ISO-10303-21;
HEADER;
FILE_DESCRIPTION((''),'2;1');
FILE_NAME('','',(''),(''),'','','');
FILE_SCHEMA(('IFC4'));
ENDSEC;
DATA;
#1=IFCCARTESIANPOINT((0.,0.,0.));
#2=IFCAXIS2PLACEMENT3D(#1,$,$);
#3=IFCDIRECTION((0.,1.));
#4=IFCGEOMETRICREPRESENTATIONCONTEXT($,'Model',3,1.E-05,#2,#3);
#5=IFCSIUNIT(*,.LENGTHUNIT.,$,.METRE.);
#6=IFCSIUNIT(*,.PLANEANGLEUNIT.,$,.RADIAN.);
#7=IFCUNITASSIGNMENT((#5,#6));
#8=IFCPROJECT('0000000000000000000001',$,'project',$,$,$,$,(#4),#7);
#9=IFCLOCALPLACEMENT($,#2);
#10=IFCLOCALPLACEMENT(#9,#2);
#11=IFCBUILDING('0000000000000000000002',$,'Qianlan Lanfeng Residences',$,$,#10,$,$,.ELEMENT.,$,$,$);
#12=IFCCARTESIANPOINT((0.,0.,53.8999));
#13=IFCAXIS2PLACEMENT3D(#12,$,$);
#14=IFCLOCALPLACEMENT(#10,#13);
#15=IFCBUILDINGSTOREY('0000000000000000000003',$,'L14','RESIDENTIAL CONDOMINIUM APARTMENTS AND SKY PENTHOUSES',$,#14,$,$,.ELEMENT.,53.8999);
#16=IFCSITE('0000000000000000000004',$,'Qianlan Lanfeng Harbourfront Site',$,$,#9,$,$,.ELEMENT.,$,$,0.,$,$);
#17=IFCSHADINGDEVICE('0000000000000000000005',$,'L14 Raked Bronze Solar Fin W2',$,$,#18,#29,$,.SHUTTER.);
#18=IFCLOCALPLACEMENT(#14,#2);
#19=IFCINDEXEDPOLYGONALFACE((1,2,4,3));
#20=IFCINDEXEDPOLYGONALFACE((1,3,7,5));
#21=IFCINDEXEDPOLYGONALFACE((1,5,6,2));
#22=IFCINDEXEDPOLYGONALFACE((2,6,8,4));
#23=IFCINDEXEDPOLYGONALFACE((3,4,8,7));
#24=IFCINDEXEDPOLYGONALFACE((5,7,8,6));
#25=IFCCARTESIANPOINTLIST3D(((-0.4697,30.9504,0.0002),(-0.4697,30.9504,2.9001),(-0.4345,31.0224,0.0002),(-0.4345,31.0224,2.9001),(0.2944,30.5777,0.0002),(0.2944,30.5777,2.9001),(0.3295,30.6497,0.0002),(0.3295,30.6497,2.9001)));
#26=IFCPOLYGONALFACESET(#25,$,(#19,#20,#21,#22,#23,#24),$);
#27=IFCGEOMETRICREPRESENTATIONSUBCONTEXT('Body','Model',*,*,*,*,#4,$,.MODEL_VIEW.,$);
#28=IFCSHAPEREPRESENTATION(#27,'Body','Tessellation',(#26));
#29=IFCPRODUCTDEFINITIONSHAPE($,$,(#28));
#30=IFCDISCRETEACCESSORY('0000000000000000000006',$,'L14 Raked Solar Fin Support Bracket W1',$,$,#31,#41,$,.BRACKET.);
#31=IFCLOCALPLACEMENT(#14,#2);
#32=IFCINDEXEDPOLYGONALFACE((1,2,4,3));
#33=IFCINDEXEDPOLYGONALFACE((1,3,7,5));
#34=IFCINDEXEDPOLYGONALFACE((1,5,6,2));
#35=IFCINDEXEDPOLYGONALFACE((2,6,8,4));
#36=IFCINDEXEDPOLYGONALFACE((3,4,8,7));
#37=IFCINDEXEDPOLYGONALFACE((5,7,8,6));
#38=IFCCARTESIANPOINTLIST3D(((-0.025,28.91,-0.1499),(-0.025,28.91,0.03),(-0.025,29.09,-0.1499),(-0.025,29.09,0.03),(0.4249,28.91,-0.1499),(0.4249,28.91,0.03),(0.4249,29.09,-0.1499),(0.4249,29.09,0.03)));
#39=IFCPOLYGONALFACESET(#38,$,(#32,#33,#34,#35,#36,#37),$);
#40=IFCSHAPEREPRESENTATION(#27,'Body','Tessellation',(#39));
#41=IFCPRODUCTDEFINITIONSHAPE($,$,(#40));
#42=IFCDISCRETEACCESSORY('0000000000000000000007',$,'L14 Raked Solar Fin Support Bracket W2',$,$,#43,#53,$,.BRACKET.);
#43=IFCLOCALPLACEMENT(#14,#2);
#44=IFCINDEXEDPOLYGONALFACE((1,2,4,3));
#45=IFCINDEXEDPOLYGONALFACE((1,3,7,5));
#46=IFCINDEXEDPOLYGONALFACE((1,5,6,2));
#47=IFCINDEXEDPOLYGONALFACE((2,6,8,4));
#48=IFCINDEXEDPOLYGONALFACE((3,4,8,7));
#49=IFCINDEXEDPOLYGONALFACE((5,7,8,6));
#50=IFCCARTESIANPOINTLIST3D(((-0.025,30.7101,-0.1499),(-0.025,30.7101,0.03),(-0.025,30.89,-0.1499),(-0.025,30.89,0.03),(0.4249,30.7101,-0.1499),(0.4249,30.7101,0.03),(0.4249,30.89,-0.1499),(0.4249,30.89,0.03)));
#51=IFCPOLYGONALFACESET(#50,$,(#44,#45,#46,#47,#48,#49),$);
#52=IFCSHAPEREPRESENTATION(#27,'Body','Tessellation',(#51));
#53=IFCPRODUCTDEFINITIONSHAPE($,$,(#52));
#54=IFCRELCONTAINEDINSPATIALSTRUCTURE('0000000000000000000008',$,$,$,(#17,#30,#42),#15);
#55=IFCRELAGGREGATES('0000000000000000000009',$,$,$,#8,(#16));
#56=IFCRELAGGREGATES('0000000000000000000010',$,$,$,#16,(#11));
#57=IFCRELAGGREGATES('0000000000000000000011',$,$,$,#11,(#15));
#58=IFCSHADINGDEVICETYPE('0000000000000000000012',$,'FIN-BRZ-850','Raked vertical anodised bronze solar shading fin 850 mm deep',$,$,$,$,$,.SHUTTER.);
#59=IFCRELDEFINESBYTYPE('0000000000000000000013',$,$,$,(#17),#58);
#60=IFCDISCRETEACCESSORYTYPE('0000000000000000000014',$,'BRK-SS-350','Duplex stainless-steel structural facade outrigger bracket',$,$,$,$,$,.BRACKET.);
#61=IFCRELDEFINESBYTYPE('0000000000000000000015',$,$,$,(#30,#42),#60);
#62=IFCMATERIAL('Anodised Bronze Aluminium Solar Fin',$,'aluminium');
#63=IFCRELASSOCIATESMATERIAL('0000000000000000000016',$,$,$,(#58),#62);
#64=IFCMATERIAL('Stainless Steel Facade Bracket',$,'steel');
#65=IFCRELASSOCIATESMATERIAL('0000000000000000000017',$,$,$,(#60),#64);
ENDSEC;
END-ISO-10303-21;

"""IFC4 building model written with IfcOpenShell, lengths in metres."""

from ifc_helpers import new_model, si_unit, direction, frame, origin, origin_2d, place, context, subcontext, project, spatial, rectangle, extrude, source, transform, mapped, material, type_object, element, save


model = new_model("IFC4")

# Units and contexts
model_context = context("Model", 3, precision=1e-05, world=origin(), true_north=direction((0.0, 1.0)))
body_context = subcontext(model_context, "Body", "Model", "MODEL_VIEW")
ifc_project = project(units=[si_unit("LENGTHUNIT", "METRE"), si_unit("PLANEANGLEUNIT", "RADIAN")], contexts=[model_context])

# Site, building, storey
site_placement = place(None, origin())
site = spatial("IfcSite", under=ifc_project, at=site_placement, Name="Qianlan Lanfeng Harbourfront Site", CompositionType="ELEMENT", RefElevation=0.0)
building_placement = place(site_placement, origin())
building = spatial("IfcBuilding", under=site, at=building_placement, Name="Qianlan Lanfeng Residences", CompositionType="ELEMENT")
storey_placement = place(building_placement, frame((0.0, 0.0, 53.8999)))
storey = spatial("IfcBuildingStorey", under=building, at=storey_placement, Name="L14", Description="RESIDENTIAL CONDOMINIUM APARTMENTS AND SKY PENTHOUSES", CompositionType="ELEMENT", Elevation=53.8999)

# Shading device
ifc_material_1 = material(Name="Anodised Bronze Aluminium Solar Fin", Category="aluminium")
shading_device_type = type_object("IfcShadingDeviceType", Name="FIN-BRZ-850", Description="Raked vertical anodised bronze solar shading fin 850 mm deep", PredefinedType="SHUTTER", material=ifc_material_1)
shared_shape_1 = source(origin(), body_context, "Body", "SweptSolid", [
    extrude(rectangle(XDim=0.8501, YDim=0.0801, at=origin_2d()), origin(), (0.0, 0.0, 1.0), 2.8999),
])
for number, where, z_axis, x_axis, name in (
    (1, (-0.0701, 30.8, 0.0002), (0.0, 0.0, 1.0), (0.898794, -0.438371, 0.0), "L14 Raked Bronze Solar Fin W2"),
):
    element("IfcShadingDevice", number, at=place(storey_placement, frame(where, z_axis=z_axis, x_axis=x_axis)), inside=storey, type_object=shading_device_type, Name=name, PredefinedType="SHUTTER", context=body_context, shape_type="MappedRepresentation", body=[
        mapped(shared_shape_1, transform((0.0, 0.0, 0.0), scale=1.0)),
    ])

# Discrete accessories
ifc_material_2 = material(Name="Stainless Steel Facade Bracket", Category="steel")
discrete_accessory_type = type_object("IfcDiscreteAccessoryType", Name="BRK-SS-350", Description="Duplex stainless-steel structural facade outrigger bracket", PredefinedType="BRACKET", material=ifc_material_2)
shared_shape_2 = source(origin(), body_context, "Body", "SweptSolid", [
    extrude(rectangle(XDim=0.45, YDim=0.1799, at=origin_2d()), origin(), (0.0, 0.0, 1.0), 0.1799),
])
for number, where, z_axis, x_axis, name in (
    (2, (0.2, 29.0, -0.1499), (0.0, 0.0, 1.0), (1.0, 0.0, 0.0), "L14 Raked Solar Fin Support Bracket W1"),
    (3, (0.2, 30.8, -0.1499), (0.0, 0.0, 1.0), (1.0, 0.0, 0.0), "L14 Raked Solar Fin Support Bracket W2"),
):
    element("IfcDiscreteAccessory", number, at=place(storey_placement, frame(where, z_axis=z_axis, x_axis=x_axis)), inside=storey, type_object=discrete_accessory_type, Name=name, PredefinedType="BRACKET", context=body_context, shape_type="MappedRepresentation", body=[
        mapped(shared_shape_2, transform((0.0, 0.0, 0.0), scale=1.0)),
    ])

save(model, "model.ifc")
